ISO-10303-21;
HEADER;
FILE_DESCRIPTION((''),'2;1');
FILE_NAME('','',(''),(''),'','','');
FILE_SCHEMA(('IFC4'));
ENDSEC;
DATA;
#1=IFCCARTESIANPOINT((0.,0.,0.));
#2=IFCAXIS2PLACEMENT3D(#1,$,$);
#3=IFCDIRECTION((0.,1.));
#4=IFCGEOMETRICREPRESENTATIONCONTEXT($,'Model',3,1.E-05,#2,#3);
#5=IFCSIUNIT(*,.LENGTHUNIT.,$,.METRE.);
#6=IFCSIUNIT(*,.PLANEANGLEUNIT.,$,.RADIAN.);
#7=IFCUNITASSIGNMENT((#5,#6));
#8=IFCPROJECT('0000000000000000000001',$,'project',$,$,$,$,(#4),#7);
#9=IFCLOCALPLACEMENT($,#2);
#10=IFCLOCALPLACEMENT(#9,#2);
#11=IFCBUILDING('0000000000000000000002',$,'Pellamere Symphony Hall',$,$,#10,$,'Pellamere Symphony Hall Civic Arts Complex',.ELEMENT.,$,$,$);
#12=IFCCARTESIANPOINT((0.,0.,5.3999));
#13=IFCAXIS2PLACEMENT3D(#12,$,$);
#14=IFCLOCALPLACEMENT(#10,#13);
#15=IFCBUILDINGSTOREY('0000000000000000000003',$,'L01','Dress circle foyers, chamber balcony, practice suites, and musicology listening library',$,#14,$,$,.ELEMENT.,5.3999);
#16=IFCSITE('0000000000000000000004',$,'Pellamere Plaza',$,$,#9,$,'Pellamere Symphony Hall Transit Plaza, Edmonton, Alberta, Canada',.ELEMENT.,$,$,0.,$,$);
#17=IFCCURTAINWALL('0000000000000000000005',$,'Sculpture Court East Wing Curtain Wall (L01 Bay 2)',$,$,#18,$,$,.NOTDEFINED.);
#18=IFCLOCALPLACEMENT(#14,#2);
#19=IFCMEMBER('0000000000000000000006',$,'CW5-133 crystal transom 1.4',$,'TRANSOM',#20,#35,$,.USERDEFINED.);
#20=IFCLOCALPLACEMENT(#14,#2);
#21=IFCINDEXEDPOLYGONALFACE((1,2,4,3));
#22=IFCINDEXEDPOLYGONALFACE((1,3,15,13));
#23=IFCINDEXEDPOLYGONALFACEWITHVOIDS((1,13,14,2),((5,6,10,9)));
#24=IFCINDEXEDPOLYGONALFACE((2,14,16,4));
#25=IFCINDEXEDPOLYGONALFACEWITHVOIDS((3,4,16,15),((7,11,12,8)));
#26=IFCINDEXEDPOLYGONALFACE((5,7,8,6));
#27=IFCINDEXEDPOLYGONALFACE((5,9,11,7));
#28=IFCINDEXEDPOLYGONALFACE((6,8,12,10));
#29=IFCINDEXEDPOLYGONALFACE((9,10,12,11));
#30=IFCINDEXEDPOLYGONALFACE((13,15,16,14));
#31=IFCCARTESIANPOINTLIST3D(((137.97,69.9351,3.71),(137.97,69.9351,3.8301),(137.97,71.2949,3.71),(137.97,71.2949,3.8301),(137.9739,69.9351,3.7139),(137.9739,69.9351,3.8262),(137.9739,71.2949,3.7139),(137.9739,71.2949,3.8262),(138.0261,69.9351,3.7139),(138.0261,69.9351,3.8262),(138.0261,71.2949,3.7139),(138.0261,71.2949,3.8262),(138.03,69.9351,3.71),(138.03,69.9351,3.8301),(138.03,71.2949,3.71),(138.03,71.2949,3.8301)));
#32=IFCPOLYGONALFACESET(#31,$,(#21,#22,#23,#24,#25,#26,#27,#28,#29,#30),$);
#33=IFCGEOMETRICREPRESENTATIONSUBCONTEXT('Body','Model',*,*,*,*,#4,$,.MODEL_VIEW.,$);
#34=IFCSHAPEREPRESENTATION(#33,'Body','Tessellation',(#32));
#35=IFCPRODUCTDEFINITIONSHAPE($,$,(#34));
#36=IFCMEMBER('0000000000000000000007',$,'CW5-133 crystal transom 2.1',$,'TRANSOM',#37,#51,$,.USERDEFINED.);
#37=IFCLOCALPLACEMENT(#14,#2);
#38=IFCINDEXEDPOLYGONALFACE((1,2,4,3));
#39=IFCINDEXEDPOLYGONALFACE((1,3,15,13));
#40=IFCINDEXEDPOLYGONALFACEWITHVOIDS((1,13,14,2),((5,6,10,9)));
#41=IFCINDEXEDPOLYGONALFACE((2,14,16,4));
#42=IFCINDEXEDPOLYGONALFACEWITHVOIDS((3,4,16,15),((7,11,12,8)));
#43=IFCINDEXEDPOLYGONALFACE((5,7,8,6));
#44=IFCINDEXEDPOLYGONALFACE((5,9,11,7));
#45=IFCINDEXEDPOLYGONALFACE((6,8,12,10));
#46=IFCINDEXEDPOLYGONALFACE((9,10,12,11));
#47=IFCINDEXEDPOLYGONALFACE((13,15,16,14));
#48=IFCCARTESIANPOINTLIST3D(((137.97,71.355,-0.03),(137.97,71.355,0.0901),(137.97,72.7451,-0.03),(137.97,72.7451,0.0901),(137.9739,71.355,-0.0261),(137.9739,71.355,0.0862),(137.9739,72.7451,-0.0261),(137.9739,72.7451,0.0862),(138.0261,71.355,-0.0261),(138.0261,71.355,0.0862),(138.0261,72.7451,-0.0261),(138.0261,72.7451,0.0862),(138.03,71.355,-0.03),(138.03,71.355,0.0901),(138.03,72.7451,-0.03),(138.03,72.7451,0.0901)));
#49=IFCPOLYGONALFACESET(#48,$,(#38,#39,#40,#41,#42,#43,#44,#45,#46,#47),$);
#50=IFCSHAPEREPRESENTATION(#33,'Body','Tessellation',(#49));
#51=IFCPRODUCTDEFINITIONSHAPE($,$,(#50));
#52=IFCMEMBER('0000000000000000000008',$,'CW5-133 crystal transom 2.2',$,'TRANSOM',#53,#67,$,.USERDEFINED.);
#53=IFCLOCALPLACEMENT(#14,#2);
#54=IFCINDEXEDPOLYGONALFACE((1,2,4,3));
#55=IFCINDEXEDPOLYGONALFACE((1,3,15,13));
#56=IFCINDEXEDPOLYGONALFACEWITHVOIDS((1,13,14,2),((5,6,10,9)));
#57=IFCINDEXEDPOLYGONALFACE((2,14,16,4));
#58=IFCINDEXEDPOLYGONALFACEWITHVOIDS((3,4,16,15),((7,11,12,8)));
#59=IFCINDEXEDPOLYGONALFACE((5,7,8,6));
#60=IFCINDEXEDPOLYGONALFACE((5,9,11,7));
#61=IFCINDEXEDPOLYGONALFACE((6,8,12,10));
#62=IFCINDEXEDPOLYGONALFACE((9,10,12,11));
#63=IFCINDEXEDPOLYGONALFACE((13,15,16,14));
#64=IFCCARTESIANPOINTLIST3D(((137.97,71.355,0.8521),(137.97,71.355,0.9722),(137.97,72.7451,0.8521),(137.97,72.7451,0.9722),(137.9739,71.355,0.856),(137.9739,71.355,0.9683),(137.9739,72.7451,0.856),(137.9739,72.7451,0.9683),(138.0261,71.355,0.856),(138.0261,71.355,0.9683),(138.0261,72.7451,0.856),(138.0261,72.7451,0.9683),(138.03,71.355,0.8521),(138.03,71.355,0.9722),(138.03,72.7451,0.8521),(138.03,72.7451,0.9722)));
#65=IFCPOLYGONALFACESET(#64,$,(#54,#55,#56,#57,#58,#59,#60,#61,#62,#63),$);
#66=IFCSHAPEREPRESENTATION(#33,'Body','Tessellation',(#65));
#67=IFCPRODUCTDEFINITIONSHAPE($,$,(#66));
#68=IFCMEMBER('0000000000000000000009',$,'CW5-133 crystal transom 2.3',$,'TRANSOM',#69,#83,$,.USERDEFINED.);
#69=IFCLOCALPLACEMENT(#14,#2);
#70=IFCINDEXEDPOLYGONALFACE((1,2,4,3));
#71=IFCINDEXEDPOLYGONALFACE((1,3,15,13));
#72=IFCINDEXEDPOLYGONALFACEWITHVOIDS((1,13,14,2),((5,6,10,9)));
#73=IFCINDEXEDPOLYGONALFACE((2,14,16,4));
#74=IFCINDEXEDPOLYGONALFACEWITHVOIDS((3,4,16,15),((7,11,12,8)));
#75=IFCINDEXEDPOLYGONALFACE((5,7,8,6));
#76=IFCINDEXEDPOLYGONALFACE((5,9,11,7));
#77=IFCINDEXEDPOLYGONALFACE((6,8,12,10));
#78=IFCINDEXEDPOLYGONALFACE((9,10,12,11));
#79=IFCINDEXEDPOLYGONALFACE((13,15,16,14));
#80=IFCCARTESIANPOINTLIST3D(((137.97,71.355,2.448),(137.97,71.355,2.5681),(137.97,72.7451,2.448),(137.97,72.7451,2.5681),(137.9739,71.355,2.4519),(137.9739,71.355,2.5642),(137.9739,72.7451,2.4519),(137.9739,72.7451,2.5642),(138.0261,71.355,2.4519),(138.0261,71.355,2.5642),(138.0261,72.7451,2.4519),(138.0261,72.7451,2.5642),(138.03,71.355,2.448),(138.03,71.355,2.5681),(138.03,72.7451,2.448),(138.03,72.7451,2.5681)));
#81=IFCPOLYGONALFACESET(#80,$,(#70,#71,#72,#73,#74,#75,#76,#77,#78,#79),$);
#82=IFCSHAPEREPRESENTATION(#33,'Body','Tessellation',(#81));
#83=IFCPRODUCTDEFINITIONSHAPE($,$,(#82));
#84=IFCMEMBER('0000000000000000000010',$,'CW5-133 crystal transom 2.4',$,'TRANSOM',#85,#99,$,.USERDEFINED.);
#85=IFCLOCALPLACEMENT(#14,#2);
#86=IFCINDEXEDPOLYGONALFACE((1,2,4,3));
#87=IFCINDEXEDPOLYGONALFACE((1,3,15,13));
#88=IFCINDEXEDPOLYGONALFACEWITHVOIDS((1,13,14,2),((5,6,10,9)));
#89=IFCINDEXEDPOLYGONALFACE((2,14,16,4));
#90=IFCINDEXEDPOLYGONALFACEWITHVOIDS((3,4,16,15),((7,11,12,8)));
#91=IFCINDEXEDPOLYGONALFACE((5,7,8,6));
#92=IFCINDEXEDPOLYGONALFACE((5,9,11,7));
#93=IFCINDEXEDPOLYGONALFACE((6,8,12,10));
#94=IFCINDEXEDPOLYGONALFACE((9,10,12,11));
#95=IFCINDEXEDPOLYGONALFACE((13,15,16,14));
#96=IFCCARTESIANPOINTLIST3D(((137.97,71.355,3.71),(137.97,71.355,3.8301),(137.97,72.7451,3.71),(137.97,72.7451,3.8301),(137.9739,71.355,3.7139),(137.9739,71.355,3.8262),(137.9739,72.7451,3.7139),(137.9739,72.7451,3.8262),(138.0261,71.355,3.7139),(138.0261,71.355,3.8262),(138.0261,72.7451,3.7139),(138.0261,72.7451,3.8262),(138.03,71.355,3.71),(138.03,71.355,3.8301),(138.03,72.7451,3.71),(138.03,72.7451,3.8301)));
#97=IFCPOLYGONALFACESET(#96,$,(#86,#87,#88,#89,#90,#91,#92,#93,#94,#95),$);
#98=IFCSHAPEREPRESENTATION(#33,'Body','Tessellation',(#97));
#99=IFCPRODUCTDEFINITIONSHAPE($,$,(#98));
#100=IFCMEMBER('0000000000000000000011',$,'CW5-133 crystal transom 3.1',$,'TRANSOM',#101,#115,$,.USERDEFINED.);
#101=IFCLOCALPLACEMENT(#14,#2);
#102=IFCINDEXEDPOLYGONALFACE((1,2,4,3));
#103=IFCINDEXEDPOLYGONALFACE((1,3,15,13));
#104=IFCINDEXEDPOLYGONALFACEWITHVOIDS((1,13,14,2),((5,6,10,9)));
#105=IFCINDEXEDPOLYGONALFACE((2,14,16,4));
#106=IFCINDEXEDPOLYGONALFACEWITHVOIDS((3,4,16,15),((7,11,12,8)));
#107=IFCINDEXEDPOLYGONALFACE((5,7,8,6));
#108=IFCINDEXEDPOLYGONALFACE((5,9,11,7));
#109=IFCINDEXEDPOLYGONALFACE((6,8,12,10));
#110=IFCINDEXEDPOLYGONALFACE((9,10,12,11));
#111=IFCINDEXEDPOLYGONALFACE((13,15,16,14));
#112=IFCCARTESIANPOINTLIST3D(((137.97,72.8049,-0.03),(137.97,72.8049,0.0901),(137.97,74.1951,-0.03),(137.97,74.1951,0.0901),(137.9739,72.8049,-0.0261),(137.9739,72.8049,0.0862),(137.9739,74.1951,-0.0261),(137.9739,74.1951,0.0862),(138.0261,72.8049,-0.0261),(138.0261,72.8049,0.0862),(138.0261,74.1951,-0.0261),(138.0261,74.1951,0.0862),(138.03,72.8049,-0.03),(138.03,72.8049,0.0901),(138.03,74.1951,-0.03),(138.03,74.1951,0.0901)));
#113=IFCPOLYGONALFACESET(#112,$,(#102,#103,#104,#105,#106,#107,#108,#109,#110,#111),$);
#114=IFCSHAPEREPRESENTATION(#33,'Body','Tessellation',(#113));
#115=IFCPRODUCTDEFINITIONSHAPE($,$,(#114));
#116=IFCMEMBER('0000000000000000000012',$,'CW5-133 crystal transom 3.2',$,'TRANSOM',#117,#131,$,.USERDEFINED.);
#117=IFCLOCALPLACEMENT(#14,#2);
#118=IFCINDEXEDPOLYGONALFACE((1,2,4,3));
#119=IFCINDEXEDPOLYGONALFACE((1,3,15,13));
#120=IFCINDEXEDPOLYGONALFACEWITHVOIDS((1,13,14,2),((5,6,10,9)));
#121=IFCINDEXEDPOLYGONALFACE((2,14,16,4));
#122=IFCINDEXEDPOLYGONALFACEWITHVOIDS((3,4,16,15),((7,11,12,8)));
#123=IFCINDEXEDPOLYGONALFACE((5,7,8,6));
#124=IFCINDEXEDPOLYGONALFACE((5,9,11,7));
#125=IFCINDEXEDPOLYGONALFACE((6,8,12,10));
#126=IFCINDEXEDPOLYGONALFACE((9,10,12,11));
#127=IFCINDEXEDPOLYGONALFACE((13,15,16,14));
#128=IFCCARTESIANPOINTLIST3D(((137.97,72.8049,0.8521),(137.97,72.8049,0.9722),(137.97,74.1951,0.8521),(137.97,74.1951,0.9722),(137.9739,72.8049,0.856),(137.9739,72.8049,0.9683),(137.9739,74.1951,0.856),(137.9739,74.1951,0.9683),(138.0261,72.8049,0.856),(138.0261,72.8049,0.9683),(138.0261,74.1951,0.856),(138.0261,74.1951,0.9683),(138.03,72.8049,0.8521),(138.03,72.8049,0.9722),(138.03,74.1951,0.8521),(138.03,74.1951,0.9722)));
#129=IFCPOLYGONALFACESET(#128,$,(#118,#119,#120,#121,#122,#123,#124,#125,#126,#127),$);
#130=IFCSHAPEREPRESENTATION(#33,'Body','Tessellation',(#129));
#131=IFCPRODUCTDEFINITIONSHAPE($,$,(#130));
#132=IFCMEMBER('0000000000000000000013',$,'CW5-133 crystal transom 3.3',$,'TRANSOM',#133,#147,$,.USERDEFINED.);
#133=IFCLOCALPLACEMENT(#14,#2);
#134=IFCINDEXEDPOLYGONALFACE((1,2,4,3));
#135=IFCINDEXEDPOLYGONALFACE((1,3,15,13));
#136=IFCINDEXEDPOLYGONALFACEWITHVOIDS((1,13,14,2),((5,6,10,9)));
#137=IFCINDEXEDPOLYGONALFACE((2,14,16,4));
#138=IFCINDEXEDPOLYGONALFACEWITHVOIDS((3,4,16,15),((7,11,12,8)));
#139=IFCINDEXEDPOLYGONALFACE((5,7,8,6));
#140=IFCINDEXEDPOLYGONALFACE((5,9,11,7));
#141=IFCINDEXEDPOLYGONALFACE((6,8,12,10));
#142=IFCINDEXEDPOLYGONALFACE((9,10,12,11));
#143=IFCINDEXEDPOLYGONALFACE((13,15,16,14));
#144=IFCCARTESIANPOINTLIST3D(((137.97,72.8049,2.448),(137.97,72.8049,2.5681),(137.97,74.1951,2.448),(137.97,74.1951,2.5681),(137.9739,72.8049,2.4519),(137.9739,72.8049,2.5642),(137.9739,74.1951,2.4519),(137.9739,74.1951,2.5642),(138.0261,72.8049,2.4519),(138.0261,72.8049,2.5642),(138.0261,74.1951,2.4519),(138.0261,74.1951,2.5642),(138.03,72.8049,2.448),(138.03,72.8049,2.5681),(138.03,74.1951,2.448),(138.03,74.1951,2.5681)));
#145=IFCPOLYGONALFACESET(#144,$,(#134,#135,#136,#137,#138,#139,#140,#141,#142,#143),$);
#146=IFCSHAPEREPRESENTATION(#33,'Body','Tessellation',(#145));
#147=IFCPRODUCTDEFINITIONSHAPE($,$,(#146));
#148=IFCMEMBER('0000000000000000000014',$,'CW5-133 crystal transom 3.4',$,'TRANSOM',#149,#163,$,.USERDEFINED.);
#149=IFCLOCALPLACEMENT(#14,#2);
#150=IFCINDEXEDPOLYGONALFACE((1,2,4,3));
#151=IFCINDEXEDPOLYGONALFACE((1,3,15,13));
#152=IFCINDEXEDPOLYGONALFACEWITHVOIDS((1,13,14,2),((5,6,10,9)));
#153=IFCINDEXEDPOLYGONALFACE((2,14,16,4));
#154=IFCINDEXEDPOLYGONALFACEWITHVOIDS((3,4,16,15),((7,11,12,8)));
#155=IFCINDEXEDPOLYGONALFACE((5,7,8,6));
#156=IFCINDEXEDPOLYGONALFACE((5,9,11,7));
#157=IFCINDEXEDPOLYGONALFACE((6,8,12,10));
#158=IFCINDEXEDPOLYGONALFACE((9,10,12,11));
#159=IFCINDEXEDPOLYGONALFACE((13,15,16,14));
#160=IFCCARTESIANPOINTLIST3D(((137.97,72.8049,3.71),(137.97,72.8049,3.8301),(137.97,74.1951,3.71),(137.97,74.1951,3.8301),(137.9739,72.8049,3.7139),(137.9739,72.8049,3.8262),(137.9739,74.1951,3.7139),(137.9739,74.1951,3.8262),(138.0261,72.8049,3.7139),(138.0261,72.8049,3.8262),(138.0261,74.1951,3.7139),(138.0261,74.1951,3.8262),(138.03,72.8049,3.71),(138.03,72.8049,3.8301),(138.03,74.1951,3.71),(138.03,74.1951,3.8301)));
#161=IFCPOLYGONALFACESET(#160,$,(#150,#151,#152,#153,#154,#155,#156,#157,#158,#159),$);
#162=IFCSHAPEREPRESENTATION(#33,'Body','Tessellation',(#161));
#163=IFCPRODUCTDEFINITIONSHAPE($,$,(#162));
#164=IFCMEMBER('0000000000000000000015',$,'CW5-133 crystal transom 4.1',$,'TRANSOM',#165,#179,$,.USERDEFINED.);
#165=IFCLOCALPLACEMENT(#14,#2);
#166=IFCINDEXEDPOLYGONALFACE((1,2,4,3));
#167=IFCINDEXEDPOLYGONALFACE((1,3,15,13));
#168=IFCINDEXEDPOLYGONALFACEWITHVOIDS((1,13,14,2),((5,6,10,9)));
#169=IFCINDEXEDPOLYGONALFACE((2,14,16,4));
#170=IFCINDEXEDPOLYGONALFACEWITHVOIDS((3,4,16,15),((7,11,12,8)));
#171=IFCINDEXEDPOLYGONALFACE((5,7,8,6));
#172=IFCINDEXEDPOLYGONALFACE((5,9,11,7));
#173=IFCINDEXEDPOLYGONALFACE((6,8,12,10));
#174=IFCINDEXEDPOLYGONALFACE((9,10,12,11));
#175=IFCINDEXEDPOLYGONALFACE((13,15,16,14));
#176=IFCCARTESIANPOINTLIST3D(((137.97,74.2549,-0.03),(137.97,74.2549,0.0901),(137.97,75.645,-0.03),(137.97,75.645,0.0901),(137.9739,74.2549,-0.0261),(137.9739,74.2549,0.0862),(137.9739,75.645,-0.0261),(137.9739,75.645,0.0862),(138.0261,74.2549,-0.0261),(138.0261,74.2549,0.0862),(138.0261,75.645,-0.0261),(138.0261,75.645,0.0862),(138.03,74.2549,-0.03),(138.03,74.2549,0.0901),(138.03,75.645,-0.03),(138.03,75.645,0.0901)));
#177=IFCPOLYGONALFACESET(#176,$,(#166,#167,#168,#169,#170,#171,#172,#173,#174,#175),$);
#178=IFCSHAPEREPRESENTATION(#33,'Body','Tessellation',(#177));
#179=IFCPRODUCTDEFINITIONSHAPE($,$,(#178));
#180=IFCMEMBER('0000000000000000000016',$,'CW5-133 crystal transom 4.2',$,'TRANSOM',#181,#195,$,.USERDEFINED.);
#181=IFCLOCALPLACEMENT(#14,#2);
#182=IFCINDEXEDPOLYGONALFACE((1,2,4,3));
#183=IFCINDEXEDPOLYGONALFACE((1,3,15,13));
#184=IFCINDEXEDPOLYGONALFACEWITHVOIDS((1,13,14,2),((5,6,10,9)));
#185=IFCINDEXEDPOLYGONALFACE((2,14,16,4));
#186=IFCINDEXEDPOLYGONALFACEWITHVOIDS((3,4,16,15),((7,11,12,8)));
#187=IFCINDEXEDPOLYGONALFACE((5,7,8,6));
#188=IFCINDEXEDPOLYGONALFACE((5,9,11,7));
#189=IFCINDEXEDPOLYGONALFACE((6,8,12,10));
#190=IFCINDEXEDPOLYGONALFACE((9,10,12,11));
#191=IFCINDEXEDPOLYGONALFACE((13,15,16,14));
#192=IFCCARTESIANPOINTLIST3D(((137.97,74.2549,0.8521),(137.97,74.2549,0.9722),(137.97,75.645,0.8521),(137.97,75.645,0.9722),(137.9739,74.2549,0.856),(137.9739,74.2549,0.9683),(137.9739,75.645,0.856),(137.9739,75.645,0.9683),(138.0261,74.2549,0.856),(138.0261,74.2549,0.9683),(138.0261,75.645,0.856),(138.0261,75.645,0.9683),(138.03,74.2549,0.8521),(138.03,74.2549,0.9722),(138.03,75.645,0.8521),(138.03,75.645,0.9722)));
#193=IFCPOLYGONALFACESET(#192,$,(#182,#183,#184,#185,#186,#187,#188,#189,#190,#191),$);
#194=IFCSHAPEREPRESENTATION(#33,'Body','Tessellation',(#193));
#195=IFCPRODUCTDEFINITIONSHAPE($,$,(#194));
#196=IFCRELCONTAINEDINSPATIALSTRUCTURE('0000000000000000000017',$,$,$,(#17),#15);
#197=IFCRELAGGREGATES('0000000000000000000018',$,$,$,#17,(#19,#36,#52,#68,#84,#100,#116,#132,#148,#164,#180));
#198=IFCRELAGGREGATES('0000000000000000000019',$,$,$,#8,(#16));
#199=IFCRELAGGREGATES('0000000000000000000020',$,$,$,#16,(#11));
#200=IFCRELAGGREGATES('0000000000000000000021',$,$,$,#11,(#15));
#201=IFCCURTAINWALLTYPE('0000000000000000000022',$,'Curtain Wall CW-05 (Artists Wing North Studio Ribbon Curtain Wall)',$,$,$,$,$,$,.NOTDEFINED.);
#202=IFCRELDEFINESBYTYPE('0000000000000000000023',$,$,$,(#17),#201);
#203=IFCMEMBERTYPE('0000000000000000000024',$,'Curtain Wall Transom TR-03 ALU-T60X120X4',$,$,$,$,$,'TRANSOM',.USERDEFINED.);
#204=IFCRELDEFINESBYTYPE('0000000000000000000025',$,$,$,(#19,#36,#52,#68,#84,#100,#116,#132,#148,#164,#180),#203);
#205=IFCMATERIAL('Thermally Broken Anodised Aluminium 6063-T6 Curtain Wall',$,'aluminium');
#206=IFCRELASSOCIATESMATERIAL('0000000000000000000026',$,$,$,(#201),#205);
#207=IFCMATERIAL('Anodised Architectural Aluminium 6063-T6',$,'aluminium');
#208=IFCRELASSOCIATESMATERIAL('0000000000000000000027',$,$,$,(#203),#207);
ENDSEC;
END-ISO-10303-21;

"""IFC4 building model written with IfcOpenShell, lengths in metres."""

from ifc_helpers import new_model, si_unit, direction, frame, origin, origin_2d, place, context, subcontext, project, spatial, hollow_rectangle, extrude, material, material_profile, profile_set, type_object, element, aggregate, save


model = new_model("IFC4")

# Units and contexts
model_context = context("Model", 3, precision=1e-05, world=origin(), true_north=direction((0.0, 1.0)))
body_context = subcontext(model_context, "Body", "Model", "MODEL_VIEW")
ifc_project = project(units=[si_unit("LENGTHUNIT", "METRE"), si_unit("PLANEANGLEUNIT", "RADIAN")], contexts=[model_context])

# Site, building, storey
site_placement = place(None, origin())
site = spatial("IfcSite", under=ifc_project, at=site_placement, Name="Pellamere Plaza", LongName="Pellamere Symphony Hall Transit Plaza, Edmonton, Alberta, Canada", CompositionType="ELEMENT", RefElevation=0.0)
building_placement = place(site_placement, origin())
building = spatial("IfcBuilding", under=site, at=building_placement, Name="Pellamere Symphony Hall", LongName="Pellamere Symphony Hall Civic Arts Complex", CompositionType="ELEMENT")
storey_placement = place(building_placement, frame((0.0, 0.0, 5.3999)))
storey = spatial("IfcBuildingStorey", under=building, at=storey_placement, Name="L01", Description="Dress circle foyers, chamber balcony, practice suites, and musicology listening library", CompositionType="ELEMENT", Elevation=5.3999)

# Shared definitions
ifc_material_1 = material(Name="Thermally Broken Anodised Aluminium 6063-T6 Curtain Wall", Category="aluminium")
curtain_wall_type = type_object("IfcCurtainWallType", Name="Curtain Wall CW-05 (Artists Wing North Studio Ribbon Curtain Wall)", PredefinedType="NOTDEFINED", material=ifc_material_1)
ifc_material_2 = material(Name="Anodised Architectural Aluminium 6063-T6", Category="aluminium")

# Curtain wall
curtain_wall_1_placement = place(storey_placement, origin())
curtain_wall_1 = element("IfcCurtainWall", 1, at=curtain_wall_1_placement, inside=storey, type_object=curtain_wall_type, Name="Sculpture Court East Wing Curtain Wall (L01 Bay 2)", PredefinedType="NOTDEFINED")

# Members
ifc_material_profile_1 = material_profile(ifc_material_2, hollow_rectangle(XDim=0.0601, YDim=0.1201, WallThickness=0.0039, at=origin_2d()), Name="ALU-T60X120X4")
ifc_profile_set_1 = profile_set([ifc_material_profile_1], Name="Anodised Architectural Aluminium 6063-T6")
member_type_1 = type_object("IfcMemberType", Name="Curtain Wall Transom TR-03 ALU-T60X120X4", ElementType="TRANSOM", PredefinedType="USERDEFINED", material=ifc_profile_set_1)
member_1_placement = place(storey_placement, frame((138.0, 69.9351, 3.77), z_axis=(0.0, 1.0, 0.0), x_axis=(-1.0, 0.0, 0.0)))
member_1 = element("IfcMember", 2, at=member_1_placement, type_object=member_type_1, Name="CW5-133 crystal transom 1.4", ObjectType="TRANSOM", PredefinedType="USERDEFINED", context=body_context, shape_type="SweptSolid", body=[
    extrude(hollow_rectangle(XDim=0.0601, YDim=0.1201, WallThickness=0.0039, at=origin_2d()), origin(), (0.0, 0.0, 1.0), 1.3599),
])
member_2_placement = place(storey_placement, frame((138.0, 71.355, 0.03), z_axis=(0.0, 1.0, 0.0), x_axis=(-1.0, 0.0, 0.0)))
member_2 = element("IfcMember", 3, at=member_2_placement, type_object=member_type_1, Name="CW5-133 crystal transom 2.1", ObjectType="TRANSOM", PredefinedType="USERDEFINED", context=body_context, shape_type="SweptSolid", body=[
    extrude(hollow_rectangle(XDim=0.0601, YDim=0.1201, WallThickness=0.0039, at=origin_2d()), origin(), (0.0, 0.0, 1.0), 1.3901),
])
member_3_placement = place(storey_placement, frame((138.0, 71.355, 0.9121), z_axis=(0.0, 1.0, 0.0), x_axis=(-1.0, 0.0, 0.0)))
member_3 = element("IfcMember", 4, at=member_3_placement, type_object=member_type_1, Name="CW5-133 crystal transom 2.2", ObjectType="TRANSOM", PredefinedType="USERDEFINED", context=body_context, shape_type="SweptSolid", body=[
    extrude(hollow_rectangle(XDim=0.0601, YDim=0.1201, WallThickness=0.0039, at=origin_2d()), origin(), (0.0, 0.0, 1.0), 1.3901),
])
member_4_placement = place(storey_placement, frame((138.0, 71.355, 2.5081), z_axis=(0.0, 1.0, 0.0), x_axis=(-1.0, 0.0, 0.0)))
member_4 = element("IfcMember", 5, at=member_4_placement, type_object=member_type_1, Name="CW5-133 crystal transom 2.3", ObjectType="TRANSOM", PredefinedType="USERDEFINED", context=body_context, shape_type="SweptSolid", body=[
    extrude(hollow_rectangle(XDim=0.0601, YDim=0.1201, WallThickness=0.0039, at=origin_2d()), origin(), (0.0, 0.0, 1.0), 1.3901),
])
member_5_placement = place(storey_placement, frame((138.0, 71.355, 3.77), z_axis=(0.0, 1.0, 0.0), x_axis=(-1.0, 0.0, 0.0)))
member_5 = element("IfcMember", 6, at=member_5_placement, type_object=member_type_1, Name="CW5-133 crystal transom 2.4", ObjectType="TRANSOM", PredefinedType="USERDEFINED", context=body_context, shape_type="SweptSolid", body=[
    extrude(hollow_rectangle(XDim=0.0601, YDim=0.1201, WallThickness=0.0039, at=origin_2d()), origin(), (0.0, 0.0, 1.0), 1.3901),
])
member_6_placement = place(storey_placement, frame((138.0, 72.8049, 0.03), z_axis=(0.0, 1.0, 0.0), x_axis=(-1.0, 0.0, 0.0)))
member_6 = element("IfcMember", 7, at=member_6_placement, type_object=member_type_1, Name="CW5-133 crystal transom 3.1", ObjectType="TRANSOM", PredefinedType="USERDEFINED", context=body_context, shape_type="SweptSolid", body=[
    extrude(hollow_rectangle(XDim=0.0601, YDim=0.1201, WallThickness=0.0039, at=origin_2d()), origin(), (0.0, 0.0, 1.0), 1.3901),
])
member_7_placement = place(storey_placement, frame((138.0, 72.8049, 0.9121), z_axis=(0.0, 1.0, 0.0), x_axis=(-1.0, 0.0, 0.0)))
member_7 = element("IfcMember", 8, at=member_7_placement, type_object=member_type_1, Name="CW5-133 crystal transom 3.2", ObjectType="TRANSOM", PredefinedType="USERDEFINED", context=body_context, shape_type="SweptSolid", body=[
    extrude(hollow_rectangle(XDim=0.0601, YDim=0.1201, WallThickness=0.0039, at=origin_2d()), origin(), (0.0, 0.0, 1.0), 1.3901),
])
member_8_placement = place(storey_placement, frame((138.0, 72.8049, 2.5081), z_axis=(0.0, 1.0, 0.0), x_axis=(-1.0, 0.0, 0.0)))
member_8 = element("IfcMember", 9, at=member_8_placement, type_object=member_type_1, Name="CW5-133 crystal transom 3.3", ObjectType="TRANSOM", PredefinedType="USERDEFINED", context=body_context, shape_type="SweptSolid", body=[
    extrude(hollow_rectangle(XDim=0.0601, YDim=0.1201, WallThickness=0.0039, at=origin_2d()), origin(), (0.0, 0.0, 1.0), 1.3901),
])
member_9_placement = place(storey_placement, frame((138.0, 72.8049, 3.77), z_axis=(0.0, 1.0, 0.0), x_axis=(-1.0, 0.0, 0.0)))
member_9 = element("IfcMember", 10, at=member_9_placement, type_object=member_type_1, Name="CW5-133 crystal transom 3.4", ObjectType="TRANSOM", PredefinedType="USERDEFINED", context=body_context, shape_type="SweptSolid", body=[
    extrude(hollow_rectangle(XDim=0.0601, YDim=0.1201, WallThickness=0.0039, at=origin_2d()), origin(), (0.0, 0.0, 1.0), 1.3901),
])
member_10_placement = place(storey_placement, frame((138.0, 74.2549, 0.03), z_axis=(0.0, 1.0, 0.0), x_axis=(-1.0, 0.0, 0.0)))
member_10 = element("IfcMember", 11, at=member_10_placement, type_object=member_type_1, Name="CW5-133 crystal transom 4.1", ObjectType="TRANSOM", PredefinedType="USERDEFINED", context=body_context, shape_type="SweptSolid", body=[
    extrude(hollow_rectangle(XDim=0.0601, YDim=0.1201, WallThickness=0.0039, at=origin_2d()), origin(), (0.0, 0.0, 1.0), 1.3901),
])
member_11_placement = place(storey_placement, frame((138.0, 74.2549, 0.9121), z_axis=(0.0, 1.0, 0.0), x_axis=(-1.0, 0.0, 0.0)))
member_11 = element("IfcMember", 12, at=member_11_placement, type_object=member_type_1, Name="CW5-133 crystal transom 4.2", ObjectType="TRANSOM", PredefinedType="USERDEFINED", context=body_context, shape_type="SweptSolid", body=[
    extrude(hollow_rectangle(XDim=0.0601, YDim=0.1201, WallThickness=0.0039, at=origin_2d()), origin(), (0.0, 0.0, 1.0), 1.3901),
])

aggregate(curtain_wall_1, [member_1, member_2, member_3, member_4, member_5, member_6, member_7, member_8, member_9, member_10, member_11])

save(model, "model.ifc")
